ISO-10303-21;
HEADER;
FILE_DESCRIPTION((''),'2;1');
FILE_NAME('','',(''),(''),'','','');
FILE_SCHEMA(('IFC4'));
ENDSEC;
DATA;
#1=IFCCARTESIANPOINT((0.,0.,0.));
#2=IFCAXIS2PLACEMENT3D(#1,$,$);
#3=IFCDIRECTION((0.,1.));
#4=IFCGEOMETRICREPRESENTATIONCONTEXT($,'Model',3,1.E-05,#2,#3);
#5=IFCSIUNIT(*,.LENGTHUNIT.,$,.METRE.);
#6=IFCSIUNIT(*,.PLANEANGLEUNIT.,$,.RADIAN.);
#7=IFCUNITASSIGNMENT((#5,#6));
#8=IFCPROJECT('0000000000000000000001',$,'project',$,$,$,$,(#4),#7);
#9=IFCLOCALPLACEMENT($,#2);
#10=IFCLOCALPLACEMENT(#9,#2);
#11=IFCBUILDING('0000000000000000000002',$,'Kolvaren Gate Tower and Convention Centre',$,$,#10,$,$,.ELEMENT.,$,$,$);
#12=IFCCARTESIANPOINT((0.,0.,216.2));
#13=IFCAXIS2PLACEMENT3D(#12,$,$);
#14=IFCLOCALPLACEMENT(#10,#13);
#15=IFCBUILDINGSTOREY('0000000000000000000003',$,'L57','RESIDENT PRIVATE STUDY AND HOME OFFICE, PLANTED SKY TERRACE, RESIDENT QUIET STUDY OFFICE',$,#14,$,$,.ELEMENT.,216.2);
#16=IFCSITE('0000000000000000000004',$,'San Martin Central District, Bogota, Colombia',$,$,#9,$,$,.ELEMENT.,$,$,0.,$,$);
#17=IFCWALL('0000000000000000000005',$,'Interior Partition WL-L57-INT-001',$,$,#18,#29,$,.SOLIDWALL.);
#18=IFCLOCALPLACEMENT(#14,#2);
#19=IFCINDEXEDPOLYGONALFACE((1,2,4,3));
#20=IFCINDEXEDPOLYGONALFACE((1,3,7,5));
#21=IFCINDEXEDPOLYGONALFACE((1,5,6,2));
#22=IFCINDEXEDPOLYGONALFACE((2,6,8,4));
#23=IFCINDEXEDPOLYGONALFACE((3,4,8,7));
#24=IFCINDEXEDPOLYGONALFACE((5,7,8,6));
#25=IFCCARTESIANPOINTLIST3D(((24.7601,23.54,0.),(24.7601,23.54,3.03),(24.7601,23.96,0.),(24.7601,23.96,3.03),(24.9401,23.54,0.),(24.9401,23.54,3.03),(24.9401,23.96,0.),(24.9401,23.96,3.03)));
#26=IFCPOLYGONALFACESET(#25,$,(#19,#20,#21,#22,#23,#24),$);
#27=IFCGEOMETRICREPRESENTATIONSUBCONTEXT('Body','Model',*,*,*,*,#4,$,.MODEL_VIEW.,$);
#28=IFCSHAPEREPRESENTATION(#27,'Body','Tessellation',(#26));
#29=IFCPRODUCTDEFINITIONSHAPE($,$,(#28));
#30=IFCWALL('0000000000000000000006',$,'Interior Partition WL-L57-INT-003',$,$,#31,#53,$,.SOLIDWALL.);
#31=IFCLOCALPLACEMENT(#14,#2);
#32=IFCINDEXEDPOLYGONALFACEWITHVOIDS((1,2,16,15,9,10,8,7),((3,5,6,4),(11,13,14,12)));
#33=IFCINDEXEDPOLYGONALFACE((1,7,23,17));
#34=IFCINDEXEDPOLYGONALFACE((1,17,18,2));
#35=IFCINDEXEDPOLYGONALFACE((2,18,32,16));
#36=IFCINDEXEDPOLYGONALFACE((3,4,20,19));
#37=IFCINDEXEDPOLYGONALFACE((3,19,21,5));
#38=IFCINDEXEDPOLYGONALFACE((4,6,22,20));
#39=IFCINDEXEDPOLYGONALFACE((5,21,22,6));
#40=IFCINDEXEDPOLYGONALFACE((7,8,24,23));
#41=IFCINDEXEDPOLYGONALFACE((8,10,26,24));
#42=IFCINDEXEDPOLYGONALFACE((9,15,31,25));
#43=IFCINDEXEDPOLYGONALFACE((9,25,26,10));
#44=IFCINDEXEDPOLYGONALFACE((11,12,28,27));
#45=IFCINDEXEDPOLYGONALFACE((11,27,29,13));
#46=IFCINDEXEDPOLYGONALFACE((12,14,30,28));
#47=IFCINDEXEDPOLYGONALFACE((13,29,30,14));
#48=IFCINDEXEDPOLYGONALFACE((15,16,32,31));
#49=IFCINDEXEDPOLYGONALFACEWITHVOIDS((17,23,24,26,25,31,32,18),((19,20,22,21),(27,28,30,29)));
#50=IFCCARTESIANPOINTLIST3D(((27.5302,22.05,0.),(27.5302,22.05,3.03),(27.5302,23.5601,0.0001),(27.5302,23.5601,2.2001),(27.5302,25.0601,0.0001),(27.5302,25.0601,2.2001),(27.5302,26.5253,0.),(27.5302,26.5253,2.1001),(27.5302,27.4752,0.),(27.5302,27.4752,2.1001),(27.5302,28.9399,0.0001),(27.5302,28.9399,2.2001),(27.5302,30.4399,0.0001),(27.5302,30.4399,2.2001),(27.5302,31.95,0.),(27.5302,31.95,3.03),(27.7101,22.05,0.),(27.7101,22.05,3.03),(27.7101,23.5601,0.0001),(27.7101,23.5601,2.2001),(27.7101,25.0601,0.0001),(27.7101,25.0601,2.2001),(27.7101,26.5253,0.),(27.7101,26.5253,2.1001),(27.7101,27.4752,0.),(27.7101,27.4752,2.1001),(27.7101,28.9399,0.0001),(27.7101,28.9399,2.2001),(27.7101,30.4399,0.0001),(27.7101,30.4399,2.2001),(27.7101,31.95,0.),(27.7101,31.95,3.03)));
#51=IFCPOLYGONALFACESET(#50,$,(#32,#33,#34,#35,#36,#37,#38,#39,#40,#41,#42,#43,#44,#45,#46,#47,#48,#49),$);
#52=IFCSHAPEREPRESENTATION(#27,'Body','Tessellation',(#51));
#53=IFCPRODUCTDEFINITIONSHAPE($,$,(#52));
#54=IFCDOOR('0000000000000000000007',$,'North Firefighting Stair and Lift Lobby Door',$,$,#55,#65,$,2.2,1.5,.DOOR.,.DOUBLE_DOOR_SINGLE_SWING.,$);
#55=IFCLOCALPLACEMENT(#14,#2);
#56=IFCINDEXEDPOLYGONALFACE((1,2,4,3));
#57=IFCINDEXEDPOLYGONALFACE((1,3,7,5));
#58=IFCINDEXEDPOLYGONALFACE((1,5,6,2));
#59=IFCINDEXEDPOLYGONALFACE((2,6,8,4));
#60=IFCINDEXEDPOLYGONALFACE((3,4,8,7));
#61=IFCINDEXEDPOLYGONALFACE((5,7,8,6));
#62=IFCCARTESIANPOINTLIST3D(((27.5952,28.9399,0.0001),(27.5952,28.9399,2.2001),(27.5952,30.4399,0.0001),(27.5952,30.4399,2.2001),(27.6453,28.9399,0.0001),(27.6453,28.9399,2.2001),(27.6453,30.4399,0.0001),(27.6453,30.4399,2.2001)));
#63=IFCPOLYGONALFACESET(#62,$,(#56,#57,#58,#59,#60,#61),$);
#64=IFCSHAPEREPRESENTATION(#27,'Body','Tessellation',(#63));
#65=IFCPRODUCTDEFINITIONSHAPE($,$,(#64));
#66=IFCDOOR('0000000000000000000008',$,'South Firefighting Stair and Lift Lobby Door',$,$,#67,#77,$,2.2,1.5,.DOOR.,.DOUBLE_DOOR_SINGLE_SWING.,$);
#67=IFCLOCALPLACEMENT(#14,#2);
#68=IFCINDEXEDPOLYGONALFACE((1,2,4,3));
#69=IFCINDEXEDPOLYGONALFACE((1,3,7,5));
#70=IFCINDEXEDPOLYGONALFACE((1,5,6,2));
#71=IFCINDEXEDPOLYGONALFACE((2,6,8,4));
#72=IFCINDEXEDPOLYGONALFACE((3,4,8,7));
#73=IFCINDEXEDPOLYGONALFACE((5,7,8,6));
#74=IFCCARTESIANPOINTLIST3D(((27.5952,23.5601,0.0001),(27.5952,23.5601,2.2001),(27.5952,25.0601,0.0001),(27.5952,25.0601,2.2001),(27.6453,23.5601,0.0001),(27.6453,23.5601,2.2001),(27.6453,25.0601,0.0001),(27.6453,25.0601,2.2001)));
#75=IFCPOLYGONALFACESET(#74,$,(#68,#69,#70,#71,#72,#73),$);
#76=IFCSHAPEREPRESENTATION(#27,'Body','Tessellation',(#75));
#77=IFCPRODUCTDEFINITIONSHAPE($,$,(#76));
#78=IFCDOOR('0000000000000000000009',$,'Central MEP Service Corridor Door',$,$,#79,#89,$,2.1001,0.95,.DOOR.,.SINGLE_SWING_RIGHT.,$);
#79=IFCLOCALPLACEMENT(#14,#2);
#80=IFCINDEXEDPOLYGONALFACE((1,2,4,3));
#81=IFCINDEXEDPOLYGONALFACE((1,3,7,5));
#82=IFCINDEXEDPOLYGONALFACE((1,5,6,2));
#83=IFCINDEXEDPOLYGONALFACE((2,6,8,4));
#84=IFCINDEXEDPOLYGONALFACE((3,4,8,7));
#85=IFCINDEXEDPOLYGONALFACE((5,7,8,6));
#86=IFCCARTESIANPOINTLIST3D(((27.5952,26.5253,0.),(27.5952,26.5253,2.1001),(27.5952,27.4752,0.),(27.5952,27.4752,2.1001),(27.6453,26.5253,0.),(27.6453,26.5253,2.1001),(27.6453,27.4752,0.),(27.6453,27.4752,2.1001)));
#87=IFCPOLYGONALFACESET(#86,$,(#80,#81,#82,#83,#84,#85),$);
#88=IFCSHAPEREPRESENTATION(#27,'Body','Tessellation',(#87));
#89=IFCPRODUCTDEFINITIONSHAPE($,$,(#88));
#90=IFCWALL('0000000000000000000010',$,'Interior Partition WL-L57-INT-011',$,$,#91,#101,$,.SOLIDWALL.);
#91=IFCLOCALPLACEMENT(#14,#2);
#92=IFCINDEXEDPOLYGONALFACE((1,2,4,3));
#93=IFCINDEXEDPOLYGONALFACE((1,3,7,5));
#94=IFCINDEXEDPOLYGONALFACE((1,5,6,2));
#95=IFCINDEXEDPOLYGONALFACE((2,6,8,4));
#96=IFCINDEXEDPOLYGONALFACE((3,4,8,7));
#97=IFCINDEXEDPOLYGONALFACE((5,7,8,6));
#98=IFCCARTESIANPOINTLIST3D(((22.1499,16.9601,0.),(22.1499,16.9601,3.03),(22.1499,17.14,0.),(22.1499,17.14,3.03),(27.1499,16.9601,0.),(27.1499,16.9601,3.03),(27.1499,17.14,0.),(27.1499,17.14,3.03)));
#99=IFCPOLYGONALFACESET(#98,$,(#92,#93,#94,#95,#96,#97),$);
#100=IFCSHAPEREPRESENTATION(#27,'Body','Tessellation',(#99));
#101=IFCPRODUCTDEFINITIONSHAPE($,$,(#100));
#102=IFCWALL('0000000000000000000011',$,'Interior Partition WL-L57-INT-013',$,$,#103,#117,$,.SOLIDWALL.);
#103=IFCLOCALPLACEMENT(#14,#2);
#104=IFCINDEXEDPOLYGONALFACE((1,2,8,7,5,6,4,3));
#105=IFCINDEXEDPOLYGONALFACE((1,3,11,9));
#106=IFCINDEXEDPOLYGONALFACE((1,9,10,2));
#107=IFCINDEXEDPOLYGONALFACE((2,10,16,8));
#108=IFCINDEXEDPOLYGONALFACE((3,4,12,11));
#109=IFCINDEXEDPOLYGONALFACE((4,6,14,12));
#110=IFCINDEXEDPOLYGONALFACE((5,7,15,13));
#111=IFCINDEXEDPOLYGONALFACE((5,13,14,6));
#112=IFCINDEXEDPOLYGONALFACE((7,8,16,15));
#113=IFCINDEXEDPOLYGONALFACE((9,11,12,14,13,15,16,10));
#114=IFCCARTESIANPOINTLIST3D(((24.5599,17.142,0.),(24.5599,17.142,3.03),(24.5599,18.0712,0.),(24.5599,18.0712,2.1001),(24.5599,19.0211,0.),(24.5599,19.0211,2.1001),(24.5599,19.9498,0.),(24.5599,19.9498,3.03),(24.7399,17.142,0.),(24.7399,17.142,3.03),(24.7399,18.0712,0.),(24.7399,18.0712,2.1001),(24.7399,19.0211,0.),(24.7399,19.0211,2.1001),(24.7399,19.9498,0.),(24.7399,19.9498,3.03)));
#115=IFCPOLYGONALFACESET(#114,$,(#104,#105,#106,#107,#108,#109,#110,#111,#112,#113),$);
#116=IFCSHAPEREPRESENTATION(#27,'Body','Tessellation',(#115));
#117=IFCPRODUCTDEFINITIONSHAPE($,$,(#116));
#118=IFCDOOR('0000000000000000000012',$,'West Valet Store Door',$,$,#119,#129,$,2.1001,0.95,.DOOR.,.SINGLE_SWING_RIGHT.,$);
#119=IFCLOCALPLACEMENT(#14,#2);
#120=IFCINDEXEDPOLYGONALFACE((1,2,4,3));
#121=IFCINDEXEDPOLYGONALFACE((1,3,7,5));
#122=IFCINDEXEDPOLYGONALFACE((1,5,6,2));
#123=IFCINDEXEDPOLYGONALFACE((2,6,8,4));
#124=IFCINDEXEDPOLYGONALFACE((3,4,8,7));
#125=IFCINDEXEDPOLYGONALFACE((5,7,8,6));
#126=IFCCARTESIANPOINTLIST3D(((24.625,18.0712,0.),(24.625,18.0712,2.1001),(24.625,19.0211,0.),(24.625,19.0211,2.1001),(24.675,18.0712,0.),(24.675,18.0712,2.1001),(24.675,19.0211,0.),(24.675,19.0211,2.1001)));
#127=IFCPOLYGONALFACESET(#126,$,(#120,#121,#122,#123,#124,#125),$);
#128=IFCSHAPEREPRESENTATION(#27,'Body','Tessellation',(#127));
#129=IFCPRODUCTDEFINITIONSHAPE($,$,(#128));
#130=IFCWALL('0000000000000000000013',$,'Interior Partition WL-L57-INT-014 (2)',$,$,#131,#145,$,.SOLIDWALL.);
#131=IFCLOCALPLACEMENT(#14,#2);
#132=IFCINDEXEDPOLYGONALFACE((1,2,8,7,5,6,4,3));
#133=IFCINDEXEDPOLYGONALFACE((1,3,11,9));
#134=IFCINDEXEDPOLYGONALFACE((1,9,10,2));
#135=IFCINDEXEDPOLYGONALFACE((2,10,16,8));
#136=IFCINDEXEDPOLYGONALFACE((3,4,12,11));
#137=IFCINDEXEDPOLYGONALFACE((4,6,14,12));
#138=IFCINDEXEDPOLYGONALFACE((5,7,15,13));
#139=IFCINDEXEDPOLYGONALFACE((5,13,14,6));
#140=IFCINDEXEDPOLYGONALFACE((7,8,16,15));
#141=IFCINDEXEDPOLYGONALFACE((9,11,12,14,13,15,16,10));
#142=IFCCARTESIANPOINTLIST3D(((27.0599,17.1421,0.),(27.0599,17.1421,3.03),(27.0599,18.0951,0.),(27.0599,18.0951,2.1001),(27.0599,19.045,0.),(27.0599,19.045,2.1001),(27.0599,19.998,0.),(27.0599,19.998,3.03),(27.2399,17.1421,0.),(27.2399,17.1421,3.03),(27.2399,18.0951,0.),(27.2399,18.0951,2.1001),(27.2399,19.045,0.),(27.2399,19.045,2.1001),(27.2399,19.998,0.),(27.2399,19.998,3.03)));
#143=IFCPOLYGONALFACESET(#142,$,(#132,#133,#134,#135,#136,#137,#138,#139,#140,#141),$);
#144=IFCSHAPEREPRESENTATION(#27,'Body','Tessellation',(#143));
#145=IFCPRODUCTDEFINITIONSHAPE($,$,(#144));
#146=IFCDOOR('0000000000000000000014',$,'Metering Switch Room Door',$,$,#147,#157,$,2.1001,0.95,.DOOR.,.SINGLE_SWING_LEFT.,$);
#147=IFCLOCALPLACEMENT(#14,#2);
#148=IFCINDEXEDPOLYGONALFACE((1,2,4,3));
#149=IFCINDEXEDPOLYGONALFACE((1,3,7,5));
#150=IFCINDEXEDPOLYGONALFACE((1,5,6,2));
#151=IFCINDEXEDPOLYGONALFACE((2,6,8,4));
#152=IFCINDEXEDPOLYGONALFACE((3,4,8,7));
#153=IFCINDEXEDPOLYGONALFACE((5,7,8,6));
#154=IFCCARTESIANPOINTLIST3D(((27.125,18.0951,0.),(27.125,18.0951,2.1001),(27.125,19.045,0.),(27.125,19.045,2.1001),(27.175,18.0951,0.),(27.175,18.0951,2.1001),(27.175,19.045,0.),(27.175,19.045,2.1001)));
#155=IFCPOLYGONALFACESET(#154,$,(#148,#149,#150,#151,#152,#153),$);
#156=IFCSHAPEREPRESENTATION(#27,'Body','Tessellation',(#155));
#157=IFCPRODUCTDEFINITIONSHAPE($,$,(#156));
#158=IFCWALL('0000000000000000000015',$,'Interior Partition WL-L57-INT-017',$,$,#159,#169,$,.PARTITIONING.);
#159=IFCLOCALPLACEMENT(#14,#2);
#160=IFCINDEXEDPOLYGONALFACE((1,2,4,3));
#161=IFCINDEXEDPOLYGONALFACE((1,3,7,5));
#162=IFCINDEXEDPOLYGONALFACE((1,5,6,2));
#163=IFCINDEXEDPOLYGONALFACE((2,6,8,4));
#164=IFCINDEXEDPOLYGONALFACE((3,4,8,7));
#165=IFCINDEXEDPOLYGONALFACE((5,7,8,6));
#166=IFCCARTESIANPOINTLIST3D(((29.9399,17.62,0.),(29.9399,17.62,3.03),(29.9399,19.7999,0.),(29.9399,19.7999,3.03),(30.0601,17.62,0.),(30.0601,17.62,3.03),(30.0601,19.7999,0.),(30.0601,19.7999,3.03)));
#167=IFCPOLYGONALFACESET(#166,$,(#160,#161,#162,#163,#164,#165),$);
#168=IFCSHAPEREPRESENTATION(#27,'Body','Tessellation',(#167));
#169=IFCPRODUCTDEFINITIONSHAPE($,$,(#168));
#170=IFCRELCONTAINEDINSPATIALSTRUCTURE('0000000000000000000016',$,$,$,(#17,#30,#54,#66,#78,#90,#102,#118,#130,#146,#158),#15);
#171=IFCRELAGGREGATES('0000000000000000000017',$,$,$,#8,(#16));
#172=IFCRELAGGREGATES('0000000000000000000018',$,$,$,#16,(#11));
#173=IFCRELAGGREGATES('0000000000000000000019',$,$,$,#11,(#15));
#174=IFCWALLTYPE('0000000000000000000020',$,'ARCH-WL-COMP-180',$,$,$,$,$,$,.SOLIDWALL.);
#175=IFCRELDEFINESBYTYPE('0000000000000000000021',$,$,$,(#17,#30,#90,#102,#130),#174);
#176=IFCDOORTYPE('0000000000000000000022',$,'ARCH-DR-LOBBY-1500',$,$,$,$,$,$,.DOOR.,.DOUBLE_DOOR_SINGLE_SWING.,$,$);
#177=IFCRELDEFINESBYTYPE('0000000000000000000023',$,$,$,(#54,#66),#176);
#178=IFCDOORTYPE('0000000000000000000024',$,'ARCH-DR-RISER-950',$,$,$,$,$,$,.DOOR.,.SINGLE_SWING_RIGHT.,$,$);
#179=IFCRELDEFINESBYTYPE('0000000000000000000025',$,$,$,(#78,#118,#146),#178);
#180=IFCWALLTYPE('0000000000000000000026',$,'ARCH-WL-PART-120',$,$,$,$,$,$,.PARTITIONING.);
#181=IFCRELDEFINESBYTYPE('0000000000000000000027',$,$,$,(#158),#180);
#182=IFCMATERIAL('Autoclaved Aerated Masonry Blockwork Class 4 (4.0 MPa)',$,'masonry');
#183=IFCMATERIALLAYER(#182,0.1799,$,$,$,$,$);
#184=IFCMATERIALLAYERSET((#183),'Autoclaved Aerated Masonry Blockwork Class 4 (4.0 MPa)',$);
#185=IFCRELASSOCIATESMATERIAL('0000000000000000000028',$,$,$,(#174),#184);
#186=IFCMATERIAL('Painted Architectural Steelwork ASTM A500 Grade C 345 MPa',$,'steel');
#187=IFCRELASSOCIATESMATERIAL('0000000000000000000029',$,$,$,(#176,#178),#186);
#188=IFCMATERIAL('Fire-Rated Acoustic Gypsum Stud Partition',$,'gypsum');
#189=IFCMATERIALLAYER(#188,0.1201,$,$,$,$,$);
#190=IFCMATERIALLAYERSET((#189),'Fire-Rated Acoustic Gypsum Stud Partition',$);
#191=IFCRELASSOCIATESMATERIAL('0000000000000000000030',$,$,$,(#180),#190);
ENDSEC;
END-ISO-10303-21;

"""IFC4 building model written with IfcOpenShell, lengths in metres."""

from ifc_helpers import new_model, si_unit, direction, frame, frame_2d, origin, place, context, subcontext, project, spatial, rectangle, extrude, material, layer, layer_set, type_object, element, fill, save


model = new_model("IFC4")

# Units and contexts
model_context = context("Model", 3, precision=1e-05, world=origin(), true_north=direction((0.0, 1.0)))
body_context = subcontext(model_context, "Body", "Model", "MODEL_VIEW")
ifc_project = project(units=[si_unit("LENGTHUNIT", "METRE"), si_unit("PLANEANGLEUNIT", "RADIAN")], contexts=[model_context])

# Site, building, storey
site_placement = place(None, origin())
site = spatial("IfcSite", under=ifc_project, at=site_placement, Name="San Martin Central District, Bogota, Colombia", CompositionType="ELEMENT", RefElevation=0.0)
building_placement = place(site_placement, origin())
building = spatial("IfcBuilding", under=site, at=building_placement, Name="Kolvaren Gate Tower and Convention Centre", CompositionType="ELEMENT")
storey_placement = place(building_placement, frame((0.0, 0.0, 216.2)))
storey = spatial("IfcBuildingStorey", under=building, at=storey_placement, Name="L57", Description="RESIDENT PRIVATE STUDY AND HOME OFFICE, PLANTED SKY TERRACE, RESIDENT QUIET STUDY OFFICE", CompositionType="ELEMENT", Elevation=216.2)

# Wall
ifc_material_1 = material(Name="Autoclaved Aerated Masonry Blockwork Class 4 (4.0 MPa)", Category="masonry")
ifc_layer_1 = layer(ifc_material_1, 0.1799)
ifc_layer_set_1 = layer_set([ifc_layer_1], Name="Autoclaved Aerated Masonry Blockwork Class 4 (4.0 MPa)")
wall_type_1 = type_object("IfcWallType", Name="ARCH-WL-COMP-180", PredefinedType="SOLIDWALL", material=ifc_layer_set_1)
wall_1_placement = place(storey_placement, frame((24.8501, 23.54, 0.0), z_axis=(0.0, 0.0, 1.0), x_axis=(0.0, 1.0, 0.0)))
element("IfcWall", 1, at=wall_1_placement, inside=storey, type_object=wall_type_1, Name="Interior Partition WL-L57-INT-001", PredefinedType="SOLIDWALL", context=body_context, shape_type="SweptSolid", body=[
    extrude(rectangle(XDim=0.4199, YDim=0.1799, at=frame_2d((0.21, 0.0))), origin(), (0.0, 0.0, 1.0), 3.03),
])

# Wall, openings, doors
wall_2_placement = place(storey_placement, frame((27.6201, 22.05, 0.0), z_axis=(0.0, 0.0, 1.0), x_axis=(0.0, 1.0, 0.0)))
wall_2 = element("IfcWall", 2, at=wall_2_placement, inside=storey, type_object=wall_type_1, Name="Interior Partition WL-L57-INT-003", PredefinedType="SOLIDWALL", context=body_context, shape_type="SweptSolid", body=[
    extrude(rectangle(XDim=9.8999, YDim=0.1799, at=frame_2d((4.95, 0.0))), origin(), (0.0, 0.0, 1.0), 3.03),
])
opening_1_placement = place(wall_2_placement, frame((4.4751, 0.0, 0.0)))
opening_1 = element("IfcOpeningElement", 3, at=opening_1_placement, cuts=wall_2, PredefinedType="OPENING", context=body_context, shape_type="SweptSolid", body=[
    extrude(rectangle(XDim=0.95, YDim=2.1001, at=frame_2d((0.4751, 1.05))), frame((0.0, 0.0999, 0.0), z_axis=(0.0, -1.0, 0.0), x_axis=(1.0, 0.0, 0.0)), (0.0, 0.0, 1.0), 0.2),
])
opening_2_placement = place(wall_2_placement, frame((6.8899, 0.0, 0.0)))
opening_2 = element("IfcOpeningElement", 4, at=opening_2_placement, cuts=wall_2, PredefinedType="OPENING", context=body_context, shape_type="SweptSolid", body=[
    extrude(rectangle(XDim=1.5, YDim=2.2, at=frame_2d((0.75, 1.1001))), frame((0.0, 0.0999, 0.0), z_axis=(0.0, -1.0, 0.0), x_axis=(1.0, 0.0, 0.0)), (0.0, 0.0, 1.0), 0.2),
])
opening_3_placement = place(wall_2_placement, frame((1.51, 0.0, 0.0)))
opening_3 = element("IfcOpeningElement", 5, at=opening_3_placement, cuts=wall_2, PredefinedType="OPENING", context=body_context, shape_type="SweptSolid", body=[
    extrude(rectangle(XDim=1.5, YDim=2.2, at=frame_2d((0.75, 1.1001))), frame((0.0, 0.0999, 0.0), z_axis=(0.0, -1.0, 0.0), x_axis=(1.0, 0.0, 0.0)), (0.0, 0.0, 1.0), 0.2),
])
ifc_material_2 = material(Name="Painted Architectural Steelwork ASTM A500 Grade C 345 MPa", Category="steel")
door_type_1 = type_object("IfcDoorType", Name="ARCH-DR-LOBBY-1500", OperationType="DOUBLE_DOOR_SINGLE_SWING", PredefinedType="DOOR", material=ifc_material_2)
door_1_placement = place(opening_2_placement, origin())
door_1 = element("IfcDoor", 6, at=door_1_placement, inside=storey, type_object=door_type_1, Name="North Firefighting Stair and Lift Lobby Door", OperationType="DOUBLE_DOOR_SINGLE_SWING", OverallHeight=2.2, OverallWidth=1.5, PredefinedType="DOOR", context=body_context, shape_type="SweptSolid", body=[
    extrude(rectangle(XDim=1.5, YDim=2.2, at=frame_2d((0.75, 1.1001))), frame((0.0, 0.0249, 0.0), z_axis=(0.0, -1.0, 0.0), x_axis=(1.0, 0.0, 0.0)), (0.0, 0.0, 1.0), 0.05),
])
fill(opening_2, door_1)
door_2_placement = place(opening_3_placement, origin())
door_2 = element("IfcDoor", 7, at=door_2_placement, inside=storey, type_object=door_type_1, Name="South Firefighting Stair and Lift Lobby Door", OperationType="DOUBLE_DOOR_SINGLE_SWING", OverallHeight=2.2, OverallWidth=1.5, PredefinedType="DOOR", context=body_context, shape_type="SweptSolid", body=[
    extrude(rectangle(XDim=1.5, YDim=2.2, at=frame_2d((0.75, 1.1001))), frame((0.0, 0.0249, 0.0), z_axis=(0.0, -1.0, 0.0), x_axis=(1.0, 0.0, 0.0)), (0.0, 0.0, 1.0), 0.05),
])
fill(opening_3, door_2)
door_type_2 = type_object("IfcDoorType", Name="ARCH-DR-RISER-950", OperationType="SINGLE_SWING_RIGHT", PredefinedType="DOOR", material=ifc_material_2)
door_3_placement = place(opening_1_placement, origin())
door_3 = element("IfcDoor", 8, at=door_3_placement, inside=storey, type_object=door_type_2, Name="Central MEP Service Corridor Door", OperationType="SINGLE_SWING_RIGHT", OverallHeight=2.1001, OverallWidth=0.95, PredefinedType="DOOR", context=body_context, shape_type="SweptSolid", body=[
    extrude(rectangle(XDim=0.95, YDim=2.1001, at=frame_2d((0.4751, 1.05))), frame((0.0, 0.0249, 0.0), z_axis=(0.0, -1.0, 0.0), x_axis=(1.0, 0.0, 0.0)), (0.0, 0.0, 1.0), 0.05),
])
fill(opening_1, door_3)

# Wall
wall_3_placement = place(storey_placement, frame((22.1499, 17.05, 0.0), z_axis=(0.0, 0.0, 1.0), x_axis=(1.0, 0.0, 0.0)))
element("IfcWall", 9, at=wall_3_placement, inside=storey, type_object=wall_type_1, Name="Interior Partition WL-L57-INT-011", PredefinedType="SOLIDWALL", context=body_context, shape_type="SweptSolid", body=[
    extrude(rectangle(XDim=5.0, YDim=0.1799, at=frame_2d((2.5, 0.0))), origin(), (0.0, 0.0, 1.0), 3.03),
])

# Walls, openings, doors
wall_4_placement = place(storey_placement, frame((24.6499, 17.1421, 0.0), z_axis=(0.0, 0.0, 1.0), x_axis=(0.0, 1.0, 0.0)))
wall_4 = element("IfcWall", 10, at=wall_4_placement, inside=storey, type_object=wall_type_1, Name="Interior Partition WL-L57-INT-013", PredefinedType="SOLIDWALL", context=body_context, shape_type="SweptSolid", body=[
    extrude(rectangle(XDim=2.8079, YDim=0.1799, at=frame_2d((1.4038, 0.0))), origin(), (0.0, 0.0, 1.0), 3.03),
])
opening_4_placement = place(wall_4_placement, frame((0.929, 0.0, 0.0)))
opening_4 = element("IfcOpeningElement", 11, at=opening_4_placement, cuts=wall_4, PredefinedType="OPENING", context=body_context, shape_type="SweptSolid", body=[
    extrude(rectangle(XDim=0.95, YDim=2.1001, at=frame_2d((0.4751, 1.05))), frame((0.0, 0.0999, 0.0), z_axis=(0.0, -1.0, 0.0), x_axis=(1.0, 0.0, 0.0)), (0.0, 0.0, 1.0), 0.2),
])
door_4_placement = place(opening_4_placement, origin())
door_4 = element("IfcDoor", 12, at=door_4_placement, inside=storey, type_object=door_type_2, Name="West Valet Store Door", OperationType="SINGLE_SWING_RIGHT", OverallHeight=2.1001, OverallWidth=0.95, PredefinedType="DOOR", context=body_context, shape_type="SweptSolid", body=[
    extrude(rectangle(XDim=0.95, YDim=2.1001, at=frame_2d((0.4751, 1.05))), frame((0.0, 0.0249, 0.0), z_axis=(0.0, -1.0, 0.0), x_axis=(1.0, 0.0, 0.0)), (0.0, 0.0, 1.0), 0.05),
])
fill(opening_4, door_4)
wall_5_placement = place(storey_placement, frame((27.1499, 17.1421, 0.0), z_axis=(0.0, 0.0, 1.0), x_axis=(0.0, 1.0, 0.0)))
wall_5 = element("IfcWall", 13, at=wall_5_placement, inside=storey, type_object=wall_type_1, Name="Interior Partition WL-L57-INT-014 (2)", PredefinedType="SOLIDWALL", context=body_context, shape_type="SweptSolid", body=[
    extrude(rectangle(XDim=2.856, YDim=0.1799, at=frame_2d((1.428, 0.0))), origin(), (0.0, 0.0, 1.0), 3.03),
])
opening_5_placement = place(wall_5_placement, frame((0.9529, 0.0, 0.0)))
opening_5 = element("IfcOpeningElement", 14, at=opening_5_placement, cuts=wall_5, PredefinedType="OPENING", context=body_context, shape_type="SweptSolid", body=[
    extrude(rectangle(XDim=0.95, YDim=2.1001, at=frame_2d((0.4751, 1.05))), frame((0.0, 0.0999, 0.0), z_axis=(0.0, -1.0, 0.0), x_axis=(1.0, 0.0, 0.0)), (0.0, 0.0, 1.0), 0.2),
])
door_5_placement = place(opening_5_placement, origin())
door_5 = element("IfcDoor", 15, at=door_5_placement, inside=storey, type_object=door_type_2, Name="Metering Switch Room Door", OperationType="SINGLE_SWING_LEFT", OverallHeight=2.1001, OverallWidth=0.95, PredefinedType="DOOR", context=body_context, shape_type="SweptSolid", body=[
    extrude(rectangle(XDim=0.95, YDim=2.1001, at=frame_2d((0.4751, 1.05))), frame((0.0, 0.0249, 0.0), z_axis=(0.0, -1.0, 0.0), x_axis=(1.0, 0.0, 0.0)), (0.0, 0.0, 1.0), 0.05),
])
fill(opening_5, door_5)

# Wall
ifc_material_3 = material(Name="Fire-Rated Acoustic Gypsum Stud Partition", Category="gypsum")
ifc_layer_2 = layer(ifc_material_3, 0.1201)
ifc_layer_set_2 = layer_set([ifc_layer_2], Name="Fire-Rated Acoustic Gypsum Stud Partition")
wall_type_2 = type_object("IfcWallType", Name="ARCH-WL-PART-120", PredefinedType="PARTITIONING", material=ifc_layer_set_2)
wall_6_placement = place(storey_placement, frame((30.0, 17.6201, 0.0), z_axis=(0.0, 0.0, 1.0), x_axis=(0.0, 1.0, 0.0)))
element("IfcWall", 16, at=wall_6_placement, inside=storey, type_object=wall_type_2, Name="Interior Partition WL-L57-INT-017", PredefinedType="PARTITIONING", context=body_context, shape_type="SweptSolid", body=[
    extrude(rectangle(XDim=2.1799, YDim=0.1201, at=frame_2d((1.0898, 0.0))), origin(), (0.0, 0.0, 1.0), 3.03),
])

save(model, "model.ifc")
